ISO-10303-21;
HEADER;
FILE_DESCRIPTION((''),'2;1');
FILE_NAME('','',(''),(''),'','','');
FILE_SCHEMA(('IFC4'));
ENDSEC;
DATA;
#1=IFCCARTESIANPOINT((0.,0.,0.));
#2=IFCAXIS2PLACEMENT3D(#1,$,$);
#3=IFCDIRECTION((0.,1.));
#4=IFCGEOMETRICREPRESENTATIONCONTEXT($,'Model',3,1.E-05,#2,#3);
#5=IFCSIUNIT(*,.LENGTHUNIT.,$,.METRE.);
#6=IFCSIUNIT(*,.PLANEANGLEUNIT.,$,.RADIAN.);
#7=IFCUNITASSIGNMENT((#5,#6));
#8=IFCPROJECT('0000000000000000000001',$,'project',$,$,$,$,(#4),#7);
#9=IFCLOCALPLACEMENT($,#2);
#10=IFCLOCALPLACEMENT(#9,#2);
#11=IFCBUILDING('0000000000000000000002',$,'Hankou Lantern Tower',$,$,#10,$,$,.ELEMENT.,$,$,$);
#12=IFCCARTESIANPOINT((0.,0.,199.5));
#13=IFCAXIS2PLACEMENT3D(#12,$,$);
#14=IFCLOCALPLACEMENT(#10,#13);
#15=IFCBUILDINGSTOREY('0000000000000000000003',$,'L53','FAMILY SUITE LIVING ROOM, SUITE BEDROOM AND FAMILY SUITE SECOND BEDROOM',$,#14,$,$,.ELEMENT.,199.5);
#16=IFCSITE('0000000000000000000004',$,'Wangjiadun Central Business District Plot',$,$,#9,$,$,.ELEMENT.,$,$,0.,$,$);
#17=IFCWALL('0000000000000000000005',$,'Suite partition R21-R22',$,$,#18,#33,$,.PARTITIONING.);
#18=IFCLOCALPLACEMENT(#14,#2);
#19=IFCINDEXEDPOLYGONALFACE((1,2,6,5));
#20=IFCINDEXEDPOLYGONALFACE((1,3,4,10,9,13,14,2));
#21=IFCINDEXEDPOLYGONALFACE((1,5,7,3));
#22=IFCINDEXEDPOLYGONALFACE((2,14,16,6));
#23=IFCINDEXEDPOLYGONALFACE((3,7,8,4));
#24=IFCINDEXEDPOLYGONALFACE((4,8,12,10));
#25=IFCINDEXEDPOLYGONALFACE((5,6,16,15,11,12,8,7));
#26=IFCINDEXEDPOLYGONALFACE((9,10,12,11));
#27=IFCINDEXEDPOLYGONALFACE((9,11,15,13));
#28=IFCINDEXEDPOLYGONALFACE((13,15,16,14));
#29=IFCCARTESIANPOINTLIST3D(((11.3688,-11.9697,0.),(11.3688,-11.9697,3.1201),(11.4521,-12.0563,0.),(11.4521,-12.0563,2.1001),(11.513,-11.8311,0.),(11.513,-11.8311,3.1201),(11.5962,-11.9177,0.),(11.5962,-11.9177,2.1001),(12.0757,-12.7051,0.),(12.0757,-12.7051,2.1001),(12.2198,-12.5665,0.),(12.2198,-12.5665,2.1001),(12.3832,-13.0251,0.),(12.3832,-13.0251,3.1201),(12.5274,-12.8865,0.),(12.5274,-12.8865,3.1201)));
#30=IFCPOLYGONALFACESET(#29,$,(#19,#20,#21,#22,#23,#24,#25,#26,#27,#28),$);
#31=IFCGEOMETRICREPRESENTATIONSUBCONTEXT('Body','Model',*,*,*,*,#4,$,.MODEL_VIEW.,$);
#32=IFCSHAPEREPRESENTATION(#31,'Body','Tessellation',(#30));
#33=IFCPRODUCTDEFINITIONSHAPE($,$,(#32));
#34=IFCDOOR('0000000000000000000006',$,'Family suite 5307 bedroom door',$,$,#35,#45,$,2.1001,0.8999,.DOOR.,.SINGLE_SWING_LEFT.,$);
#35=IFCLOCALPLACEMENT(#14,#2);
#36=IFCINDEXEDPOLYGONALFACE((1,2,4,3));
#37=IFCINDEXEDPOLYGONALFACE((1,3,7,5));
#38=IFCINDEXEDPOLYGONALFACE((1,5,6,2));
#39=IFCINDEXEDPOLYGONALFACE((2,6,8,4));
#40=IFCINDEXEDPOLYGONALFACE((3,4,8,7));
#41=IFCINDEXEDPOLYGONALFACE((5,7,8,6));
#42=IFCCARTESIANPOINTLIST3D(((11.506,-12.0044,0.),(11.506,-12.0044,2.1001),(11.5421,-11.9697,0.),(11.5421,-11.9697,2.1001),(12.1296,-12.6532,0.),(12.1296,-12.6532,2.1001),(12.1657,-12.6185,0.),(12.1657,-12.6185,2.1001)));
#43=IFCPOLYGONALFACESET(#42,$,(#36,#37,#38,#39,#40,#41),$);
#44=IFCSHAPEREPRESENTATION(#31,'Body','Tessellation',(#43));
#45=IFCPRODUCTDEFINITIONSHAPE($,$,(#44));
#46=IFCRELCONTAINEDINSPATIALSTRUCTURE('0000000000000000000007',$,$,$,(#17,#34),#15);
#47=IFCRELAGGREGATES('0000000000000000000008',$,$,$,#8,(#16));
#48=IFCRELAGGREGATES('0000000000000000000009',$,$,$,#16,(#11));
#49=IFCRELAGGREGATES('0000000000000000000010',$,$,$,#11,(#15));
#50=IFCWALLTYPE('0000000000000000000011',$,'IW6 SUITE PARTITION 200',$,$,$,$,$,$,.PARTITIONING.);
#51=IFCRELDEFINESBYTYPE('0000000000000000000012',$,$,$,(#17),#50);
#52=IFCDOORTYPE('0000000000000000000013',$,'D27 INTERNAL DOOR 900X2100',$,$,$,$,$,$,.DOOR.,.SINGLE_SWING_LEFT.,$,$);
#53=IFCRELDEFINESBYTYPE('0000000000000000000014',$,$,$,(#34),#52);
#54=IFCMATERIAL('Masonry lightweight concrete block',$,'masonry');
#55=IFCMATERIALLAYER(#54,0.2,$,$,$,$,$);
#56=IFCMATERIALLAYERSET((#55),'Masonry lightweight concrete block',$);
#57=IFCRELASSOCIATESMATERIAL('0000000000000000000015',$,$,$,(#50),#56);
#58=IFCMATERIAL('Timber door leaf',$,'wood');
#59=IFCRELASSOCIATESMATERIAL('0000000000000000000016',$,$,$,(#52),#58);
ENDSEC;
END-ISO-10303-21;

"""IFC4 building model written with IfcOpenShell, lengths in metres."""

from ifc_helpers import new_model, si_unit, direction, frame, frame_2d, origin, place, context, subcontext, project, spatial, rectangle, extrude, material, layer, layer_set, type_object, element, fill, save


model = new_model("IFC4")

# Units and contexts
model_context = context("Model", 3, precision=1e-05, world=origin(), true_north=direction((0.0, 1.0)))
body_context = subcontext(model_context, "Body", "Model", "MODEL_VIEW")
ifc_project = project(units=[si_unit("LENGTHUNIT", "METRE"), si_unit("PLANEANGLEUNIT", "RADIAN")], contexts=[model_context])

# Site, building, storey
site_placement = place(None, origin())
site = spatial("IfcSite", under=ifc_project, at=site_placement, Name="Wangjiadun Central Business District Plot", CompositionType="ELEMENT", RefElevation=0.0)
building_placement = place(site_placement, origin())
building = spatial("IfcBuilding", under=site, at=building_placement, Name="Hankou Lantern Tower", CompositionType="ELEMENT")
storey_placement = place(building_placement, frame((0.0, 0.0, 199.5)))
storey = spatial("IfcBuildingStorey", under=building, at=storey_placement, Name="L53", Description="FAMILY SUITE LIVING ROOM, SUITE BEDROOM AND FAMILY SUITE SECOND BEDROOM", CompositionType="ELEMENT", Elevation=199.5)

# Wall, opening, door
ifc_material_1 = material(Name="Masonry lightweight concrete block", Category="masonry")
ifc_layer_1 = layer(ifc_material_1, 0.2)
ifc_layer_set_1 = layer_set([ifc_layer_1], Name="Masonry lightweight concrete block")
wall_type_1 = type_object("IfcWallType", Name="IW6 SUITE PARTITION 200", PredefinedType="PARTITIONING", material=ifc_layer_set_1)
ifc_material_2 = material(Name="Timber door leaf", Category="wood")
door_type_1 = type_object("IfcDoorType", Name="D27 INTERNAL DOOR 900X2100", OperationType="SINGLE_SWING_LEFT", PredefinedType="DOOR", material=ifc_material_2)
wall_1_placement = place(storey_placement, frame((11.4409, -11.9004, 0.0), z_axis=(0.0, 0.0, 1.0), x_axis=(0.692959, -0.720977, 0.0)))
wall_1 = element("IfcWall", 1, at=wall_1_placement, inside=storey, type_object=wall_type_1, Name="Suite partition R21-R22", PredefinedType="PARTITIONING", context=body_context, shape_type="SweptSolid", body=[
    extrude(rectangle(XDim=1.4639, YDim=0.2, at=frame_2d((0.7319, 0.0))), origin(), (0.0, 0.0, 1.0), 3.1201),
])
opening_1_placement = place(wall_1_placement, frame((0.1201, 0.0, 0.0)))
opening_1 = element("IfcOpeningElement", 2, at=opening_1_placement, cuts=wall_1, PredefinedType="OPENING", context=body_context, shape_type="SweptSolid", body=[
    extrude(rectangle(XDim=0.8999, YDim=2.1001, at=frame_2d((0.45, 1.05))), frame((0.0, 0.1099, 0.0), z_axis=(0.0, -1.0, 0.0), x_axis=(1.0, 0.0, 0.0)), (0.0, 0.0, 1.0), 0.22),
])
door_1_placement = place(opening_1_placement, origin())
door_1 = element("IfcDoor", 3, at=door_1_placement, inside=storey, type_object=door_type_1, Name="Family suite 5307 bedroom door", OperationType="SINGLE_SWING_LEFT", OverallHeight=2.1001, OverallWidth=0.8999, PredefinedType="DOOR", context=body_context, shape_type="SweptSolid", body=[
    extrude(rectangle(XDim=0.8999, YDim=2.1001, at=frame_2d((0.45, 1.05))), frame((0.0, 0.0249, 0.0), z_axis=(0.0, -1.0, 0.0), x_axis=(1.0, 0.0, 0.0)), (0.0, 0.0, 1.0), 0.05),
])
fill(opening_1, door_1)

save(model, "model.ifc")
